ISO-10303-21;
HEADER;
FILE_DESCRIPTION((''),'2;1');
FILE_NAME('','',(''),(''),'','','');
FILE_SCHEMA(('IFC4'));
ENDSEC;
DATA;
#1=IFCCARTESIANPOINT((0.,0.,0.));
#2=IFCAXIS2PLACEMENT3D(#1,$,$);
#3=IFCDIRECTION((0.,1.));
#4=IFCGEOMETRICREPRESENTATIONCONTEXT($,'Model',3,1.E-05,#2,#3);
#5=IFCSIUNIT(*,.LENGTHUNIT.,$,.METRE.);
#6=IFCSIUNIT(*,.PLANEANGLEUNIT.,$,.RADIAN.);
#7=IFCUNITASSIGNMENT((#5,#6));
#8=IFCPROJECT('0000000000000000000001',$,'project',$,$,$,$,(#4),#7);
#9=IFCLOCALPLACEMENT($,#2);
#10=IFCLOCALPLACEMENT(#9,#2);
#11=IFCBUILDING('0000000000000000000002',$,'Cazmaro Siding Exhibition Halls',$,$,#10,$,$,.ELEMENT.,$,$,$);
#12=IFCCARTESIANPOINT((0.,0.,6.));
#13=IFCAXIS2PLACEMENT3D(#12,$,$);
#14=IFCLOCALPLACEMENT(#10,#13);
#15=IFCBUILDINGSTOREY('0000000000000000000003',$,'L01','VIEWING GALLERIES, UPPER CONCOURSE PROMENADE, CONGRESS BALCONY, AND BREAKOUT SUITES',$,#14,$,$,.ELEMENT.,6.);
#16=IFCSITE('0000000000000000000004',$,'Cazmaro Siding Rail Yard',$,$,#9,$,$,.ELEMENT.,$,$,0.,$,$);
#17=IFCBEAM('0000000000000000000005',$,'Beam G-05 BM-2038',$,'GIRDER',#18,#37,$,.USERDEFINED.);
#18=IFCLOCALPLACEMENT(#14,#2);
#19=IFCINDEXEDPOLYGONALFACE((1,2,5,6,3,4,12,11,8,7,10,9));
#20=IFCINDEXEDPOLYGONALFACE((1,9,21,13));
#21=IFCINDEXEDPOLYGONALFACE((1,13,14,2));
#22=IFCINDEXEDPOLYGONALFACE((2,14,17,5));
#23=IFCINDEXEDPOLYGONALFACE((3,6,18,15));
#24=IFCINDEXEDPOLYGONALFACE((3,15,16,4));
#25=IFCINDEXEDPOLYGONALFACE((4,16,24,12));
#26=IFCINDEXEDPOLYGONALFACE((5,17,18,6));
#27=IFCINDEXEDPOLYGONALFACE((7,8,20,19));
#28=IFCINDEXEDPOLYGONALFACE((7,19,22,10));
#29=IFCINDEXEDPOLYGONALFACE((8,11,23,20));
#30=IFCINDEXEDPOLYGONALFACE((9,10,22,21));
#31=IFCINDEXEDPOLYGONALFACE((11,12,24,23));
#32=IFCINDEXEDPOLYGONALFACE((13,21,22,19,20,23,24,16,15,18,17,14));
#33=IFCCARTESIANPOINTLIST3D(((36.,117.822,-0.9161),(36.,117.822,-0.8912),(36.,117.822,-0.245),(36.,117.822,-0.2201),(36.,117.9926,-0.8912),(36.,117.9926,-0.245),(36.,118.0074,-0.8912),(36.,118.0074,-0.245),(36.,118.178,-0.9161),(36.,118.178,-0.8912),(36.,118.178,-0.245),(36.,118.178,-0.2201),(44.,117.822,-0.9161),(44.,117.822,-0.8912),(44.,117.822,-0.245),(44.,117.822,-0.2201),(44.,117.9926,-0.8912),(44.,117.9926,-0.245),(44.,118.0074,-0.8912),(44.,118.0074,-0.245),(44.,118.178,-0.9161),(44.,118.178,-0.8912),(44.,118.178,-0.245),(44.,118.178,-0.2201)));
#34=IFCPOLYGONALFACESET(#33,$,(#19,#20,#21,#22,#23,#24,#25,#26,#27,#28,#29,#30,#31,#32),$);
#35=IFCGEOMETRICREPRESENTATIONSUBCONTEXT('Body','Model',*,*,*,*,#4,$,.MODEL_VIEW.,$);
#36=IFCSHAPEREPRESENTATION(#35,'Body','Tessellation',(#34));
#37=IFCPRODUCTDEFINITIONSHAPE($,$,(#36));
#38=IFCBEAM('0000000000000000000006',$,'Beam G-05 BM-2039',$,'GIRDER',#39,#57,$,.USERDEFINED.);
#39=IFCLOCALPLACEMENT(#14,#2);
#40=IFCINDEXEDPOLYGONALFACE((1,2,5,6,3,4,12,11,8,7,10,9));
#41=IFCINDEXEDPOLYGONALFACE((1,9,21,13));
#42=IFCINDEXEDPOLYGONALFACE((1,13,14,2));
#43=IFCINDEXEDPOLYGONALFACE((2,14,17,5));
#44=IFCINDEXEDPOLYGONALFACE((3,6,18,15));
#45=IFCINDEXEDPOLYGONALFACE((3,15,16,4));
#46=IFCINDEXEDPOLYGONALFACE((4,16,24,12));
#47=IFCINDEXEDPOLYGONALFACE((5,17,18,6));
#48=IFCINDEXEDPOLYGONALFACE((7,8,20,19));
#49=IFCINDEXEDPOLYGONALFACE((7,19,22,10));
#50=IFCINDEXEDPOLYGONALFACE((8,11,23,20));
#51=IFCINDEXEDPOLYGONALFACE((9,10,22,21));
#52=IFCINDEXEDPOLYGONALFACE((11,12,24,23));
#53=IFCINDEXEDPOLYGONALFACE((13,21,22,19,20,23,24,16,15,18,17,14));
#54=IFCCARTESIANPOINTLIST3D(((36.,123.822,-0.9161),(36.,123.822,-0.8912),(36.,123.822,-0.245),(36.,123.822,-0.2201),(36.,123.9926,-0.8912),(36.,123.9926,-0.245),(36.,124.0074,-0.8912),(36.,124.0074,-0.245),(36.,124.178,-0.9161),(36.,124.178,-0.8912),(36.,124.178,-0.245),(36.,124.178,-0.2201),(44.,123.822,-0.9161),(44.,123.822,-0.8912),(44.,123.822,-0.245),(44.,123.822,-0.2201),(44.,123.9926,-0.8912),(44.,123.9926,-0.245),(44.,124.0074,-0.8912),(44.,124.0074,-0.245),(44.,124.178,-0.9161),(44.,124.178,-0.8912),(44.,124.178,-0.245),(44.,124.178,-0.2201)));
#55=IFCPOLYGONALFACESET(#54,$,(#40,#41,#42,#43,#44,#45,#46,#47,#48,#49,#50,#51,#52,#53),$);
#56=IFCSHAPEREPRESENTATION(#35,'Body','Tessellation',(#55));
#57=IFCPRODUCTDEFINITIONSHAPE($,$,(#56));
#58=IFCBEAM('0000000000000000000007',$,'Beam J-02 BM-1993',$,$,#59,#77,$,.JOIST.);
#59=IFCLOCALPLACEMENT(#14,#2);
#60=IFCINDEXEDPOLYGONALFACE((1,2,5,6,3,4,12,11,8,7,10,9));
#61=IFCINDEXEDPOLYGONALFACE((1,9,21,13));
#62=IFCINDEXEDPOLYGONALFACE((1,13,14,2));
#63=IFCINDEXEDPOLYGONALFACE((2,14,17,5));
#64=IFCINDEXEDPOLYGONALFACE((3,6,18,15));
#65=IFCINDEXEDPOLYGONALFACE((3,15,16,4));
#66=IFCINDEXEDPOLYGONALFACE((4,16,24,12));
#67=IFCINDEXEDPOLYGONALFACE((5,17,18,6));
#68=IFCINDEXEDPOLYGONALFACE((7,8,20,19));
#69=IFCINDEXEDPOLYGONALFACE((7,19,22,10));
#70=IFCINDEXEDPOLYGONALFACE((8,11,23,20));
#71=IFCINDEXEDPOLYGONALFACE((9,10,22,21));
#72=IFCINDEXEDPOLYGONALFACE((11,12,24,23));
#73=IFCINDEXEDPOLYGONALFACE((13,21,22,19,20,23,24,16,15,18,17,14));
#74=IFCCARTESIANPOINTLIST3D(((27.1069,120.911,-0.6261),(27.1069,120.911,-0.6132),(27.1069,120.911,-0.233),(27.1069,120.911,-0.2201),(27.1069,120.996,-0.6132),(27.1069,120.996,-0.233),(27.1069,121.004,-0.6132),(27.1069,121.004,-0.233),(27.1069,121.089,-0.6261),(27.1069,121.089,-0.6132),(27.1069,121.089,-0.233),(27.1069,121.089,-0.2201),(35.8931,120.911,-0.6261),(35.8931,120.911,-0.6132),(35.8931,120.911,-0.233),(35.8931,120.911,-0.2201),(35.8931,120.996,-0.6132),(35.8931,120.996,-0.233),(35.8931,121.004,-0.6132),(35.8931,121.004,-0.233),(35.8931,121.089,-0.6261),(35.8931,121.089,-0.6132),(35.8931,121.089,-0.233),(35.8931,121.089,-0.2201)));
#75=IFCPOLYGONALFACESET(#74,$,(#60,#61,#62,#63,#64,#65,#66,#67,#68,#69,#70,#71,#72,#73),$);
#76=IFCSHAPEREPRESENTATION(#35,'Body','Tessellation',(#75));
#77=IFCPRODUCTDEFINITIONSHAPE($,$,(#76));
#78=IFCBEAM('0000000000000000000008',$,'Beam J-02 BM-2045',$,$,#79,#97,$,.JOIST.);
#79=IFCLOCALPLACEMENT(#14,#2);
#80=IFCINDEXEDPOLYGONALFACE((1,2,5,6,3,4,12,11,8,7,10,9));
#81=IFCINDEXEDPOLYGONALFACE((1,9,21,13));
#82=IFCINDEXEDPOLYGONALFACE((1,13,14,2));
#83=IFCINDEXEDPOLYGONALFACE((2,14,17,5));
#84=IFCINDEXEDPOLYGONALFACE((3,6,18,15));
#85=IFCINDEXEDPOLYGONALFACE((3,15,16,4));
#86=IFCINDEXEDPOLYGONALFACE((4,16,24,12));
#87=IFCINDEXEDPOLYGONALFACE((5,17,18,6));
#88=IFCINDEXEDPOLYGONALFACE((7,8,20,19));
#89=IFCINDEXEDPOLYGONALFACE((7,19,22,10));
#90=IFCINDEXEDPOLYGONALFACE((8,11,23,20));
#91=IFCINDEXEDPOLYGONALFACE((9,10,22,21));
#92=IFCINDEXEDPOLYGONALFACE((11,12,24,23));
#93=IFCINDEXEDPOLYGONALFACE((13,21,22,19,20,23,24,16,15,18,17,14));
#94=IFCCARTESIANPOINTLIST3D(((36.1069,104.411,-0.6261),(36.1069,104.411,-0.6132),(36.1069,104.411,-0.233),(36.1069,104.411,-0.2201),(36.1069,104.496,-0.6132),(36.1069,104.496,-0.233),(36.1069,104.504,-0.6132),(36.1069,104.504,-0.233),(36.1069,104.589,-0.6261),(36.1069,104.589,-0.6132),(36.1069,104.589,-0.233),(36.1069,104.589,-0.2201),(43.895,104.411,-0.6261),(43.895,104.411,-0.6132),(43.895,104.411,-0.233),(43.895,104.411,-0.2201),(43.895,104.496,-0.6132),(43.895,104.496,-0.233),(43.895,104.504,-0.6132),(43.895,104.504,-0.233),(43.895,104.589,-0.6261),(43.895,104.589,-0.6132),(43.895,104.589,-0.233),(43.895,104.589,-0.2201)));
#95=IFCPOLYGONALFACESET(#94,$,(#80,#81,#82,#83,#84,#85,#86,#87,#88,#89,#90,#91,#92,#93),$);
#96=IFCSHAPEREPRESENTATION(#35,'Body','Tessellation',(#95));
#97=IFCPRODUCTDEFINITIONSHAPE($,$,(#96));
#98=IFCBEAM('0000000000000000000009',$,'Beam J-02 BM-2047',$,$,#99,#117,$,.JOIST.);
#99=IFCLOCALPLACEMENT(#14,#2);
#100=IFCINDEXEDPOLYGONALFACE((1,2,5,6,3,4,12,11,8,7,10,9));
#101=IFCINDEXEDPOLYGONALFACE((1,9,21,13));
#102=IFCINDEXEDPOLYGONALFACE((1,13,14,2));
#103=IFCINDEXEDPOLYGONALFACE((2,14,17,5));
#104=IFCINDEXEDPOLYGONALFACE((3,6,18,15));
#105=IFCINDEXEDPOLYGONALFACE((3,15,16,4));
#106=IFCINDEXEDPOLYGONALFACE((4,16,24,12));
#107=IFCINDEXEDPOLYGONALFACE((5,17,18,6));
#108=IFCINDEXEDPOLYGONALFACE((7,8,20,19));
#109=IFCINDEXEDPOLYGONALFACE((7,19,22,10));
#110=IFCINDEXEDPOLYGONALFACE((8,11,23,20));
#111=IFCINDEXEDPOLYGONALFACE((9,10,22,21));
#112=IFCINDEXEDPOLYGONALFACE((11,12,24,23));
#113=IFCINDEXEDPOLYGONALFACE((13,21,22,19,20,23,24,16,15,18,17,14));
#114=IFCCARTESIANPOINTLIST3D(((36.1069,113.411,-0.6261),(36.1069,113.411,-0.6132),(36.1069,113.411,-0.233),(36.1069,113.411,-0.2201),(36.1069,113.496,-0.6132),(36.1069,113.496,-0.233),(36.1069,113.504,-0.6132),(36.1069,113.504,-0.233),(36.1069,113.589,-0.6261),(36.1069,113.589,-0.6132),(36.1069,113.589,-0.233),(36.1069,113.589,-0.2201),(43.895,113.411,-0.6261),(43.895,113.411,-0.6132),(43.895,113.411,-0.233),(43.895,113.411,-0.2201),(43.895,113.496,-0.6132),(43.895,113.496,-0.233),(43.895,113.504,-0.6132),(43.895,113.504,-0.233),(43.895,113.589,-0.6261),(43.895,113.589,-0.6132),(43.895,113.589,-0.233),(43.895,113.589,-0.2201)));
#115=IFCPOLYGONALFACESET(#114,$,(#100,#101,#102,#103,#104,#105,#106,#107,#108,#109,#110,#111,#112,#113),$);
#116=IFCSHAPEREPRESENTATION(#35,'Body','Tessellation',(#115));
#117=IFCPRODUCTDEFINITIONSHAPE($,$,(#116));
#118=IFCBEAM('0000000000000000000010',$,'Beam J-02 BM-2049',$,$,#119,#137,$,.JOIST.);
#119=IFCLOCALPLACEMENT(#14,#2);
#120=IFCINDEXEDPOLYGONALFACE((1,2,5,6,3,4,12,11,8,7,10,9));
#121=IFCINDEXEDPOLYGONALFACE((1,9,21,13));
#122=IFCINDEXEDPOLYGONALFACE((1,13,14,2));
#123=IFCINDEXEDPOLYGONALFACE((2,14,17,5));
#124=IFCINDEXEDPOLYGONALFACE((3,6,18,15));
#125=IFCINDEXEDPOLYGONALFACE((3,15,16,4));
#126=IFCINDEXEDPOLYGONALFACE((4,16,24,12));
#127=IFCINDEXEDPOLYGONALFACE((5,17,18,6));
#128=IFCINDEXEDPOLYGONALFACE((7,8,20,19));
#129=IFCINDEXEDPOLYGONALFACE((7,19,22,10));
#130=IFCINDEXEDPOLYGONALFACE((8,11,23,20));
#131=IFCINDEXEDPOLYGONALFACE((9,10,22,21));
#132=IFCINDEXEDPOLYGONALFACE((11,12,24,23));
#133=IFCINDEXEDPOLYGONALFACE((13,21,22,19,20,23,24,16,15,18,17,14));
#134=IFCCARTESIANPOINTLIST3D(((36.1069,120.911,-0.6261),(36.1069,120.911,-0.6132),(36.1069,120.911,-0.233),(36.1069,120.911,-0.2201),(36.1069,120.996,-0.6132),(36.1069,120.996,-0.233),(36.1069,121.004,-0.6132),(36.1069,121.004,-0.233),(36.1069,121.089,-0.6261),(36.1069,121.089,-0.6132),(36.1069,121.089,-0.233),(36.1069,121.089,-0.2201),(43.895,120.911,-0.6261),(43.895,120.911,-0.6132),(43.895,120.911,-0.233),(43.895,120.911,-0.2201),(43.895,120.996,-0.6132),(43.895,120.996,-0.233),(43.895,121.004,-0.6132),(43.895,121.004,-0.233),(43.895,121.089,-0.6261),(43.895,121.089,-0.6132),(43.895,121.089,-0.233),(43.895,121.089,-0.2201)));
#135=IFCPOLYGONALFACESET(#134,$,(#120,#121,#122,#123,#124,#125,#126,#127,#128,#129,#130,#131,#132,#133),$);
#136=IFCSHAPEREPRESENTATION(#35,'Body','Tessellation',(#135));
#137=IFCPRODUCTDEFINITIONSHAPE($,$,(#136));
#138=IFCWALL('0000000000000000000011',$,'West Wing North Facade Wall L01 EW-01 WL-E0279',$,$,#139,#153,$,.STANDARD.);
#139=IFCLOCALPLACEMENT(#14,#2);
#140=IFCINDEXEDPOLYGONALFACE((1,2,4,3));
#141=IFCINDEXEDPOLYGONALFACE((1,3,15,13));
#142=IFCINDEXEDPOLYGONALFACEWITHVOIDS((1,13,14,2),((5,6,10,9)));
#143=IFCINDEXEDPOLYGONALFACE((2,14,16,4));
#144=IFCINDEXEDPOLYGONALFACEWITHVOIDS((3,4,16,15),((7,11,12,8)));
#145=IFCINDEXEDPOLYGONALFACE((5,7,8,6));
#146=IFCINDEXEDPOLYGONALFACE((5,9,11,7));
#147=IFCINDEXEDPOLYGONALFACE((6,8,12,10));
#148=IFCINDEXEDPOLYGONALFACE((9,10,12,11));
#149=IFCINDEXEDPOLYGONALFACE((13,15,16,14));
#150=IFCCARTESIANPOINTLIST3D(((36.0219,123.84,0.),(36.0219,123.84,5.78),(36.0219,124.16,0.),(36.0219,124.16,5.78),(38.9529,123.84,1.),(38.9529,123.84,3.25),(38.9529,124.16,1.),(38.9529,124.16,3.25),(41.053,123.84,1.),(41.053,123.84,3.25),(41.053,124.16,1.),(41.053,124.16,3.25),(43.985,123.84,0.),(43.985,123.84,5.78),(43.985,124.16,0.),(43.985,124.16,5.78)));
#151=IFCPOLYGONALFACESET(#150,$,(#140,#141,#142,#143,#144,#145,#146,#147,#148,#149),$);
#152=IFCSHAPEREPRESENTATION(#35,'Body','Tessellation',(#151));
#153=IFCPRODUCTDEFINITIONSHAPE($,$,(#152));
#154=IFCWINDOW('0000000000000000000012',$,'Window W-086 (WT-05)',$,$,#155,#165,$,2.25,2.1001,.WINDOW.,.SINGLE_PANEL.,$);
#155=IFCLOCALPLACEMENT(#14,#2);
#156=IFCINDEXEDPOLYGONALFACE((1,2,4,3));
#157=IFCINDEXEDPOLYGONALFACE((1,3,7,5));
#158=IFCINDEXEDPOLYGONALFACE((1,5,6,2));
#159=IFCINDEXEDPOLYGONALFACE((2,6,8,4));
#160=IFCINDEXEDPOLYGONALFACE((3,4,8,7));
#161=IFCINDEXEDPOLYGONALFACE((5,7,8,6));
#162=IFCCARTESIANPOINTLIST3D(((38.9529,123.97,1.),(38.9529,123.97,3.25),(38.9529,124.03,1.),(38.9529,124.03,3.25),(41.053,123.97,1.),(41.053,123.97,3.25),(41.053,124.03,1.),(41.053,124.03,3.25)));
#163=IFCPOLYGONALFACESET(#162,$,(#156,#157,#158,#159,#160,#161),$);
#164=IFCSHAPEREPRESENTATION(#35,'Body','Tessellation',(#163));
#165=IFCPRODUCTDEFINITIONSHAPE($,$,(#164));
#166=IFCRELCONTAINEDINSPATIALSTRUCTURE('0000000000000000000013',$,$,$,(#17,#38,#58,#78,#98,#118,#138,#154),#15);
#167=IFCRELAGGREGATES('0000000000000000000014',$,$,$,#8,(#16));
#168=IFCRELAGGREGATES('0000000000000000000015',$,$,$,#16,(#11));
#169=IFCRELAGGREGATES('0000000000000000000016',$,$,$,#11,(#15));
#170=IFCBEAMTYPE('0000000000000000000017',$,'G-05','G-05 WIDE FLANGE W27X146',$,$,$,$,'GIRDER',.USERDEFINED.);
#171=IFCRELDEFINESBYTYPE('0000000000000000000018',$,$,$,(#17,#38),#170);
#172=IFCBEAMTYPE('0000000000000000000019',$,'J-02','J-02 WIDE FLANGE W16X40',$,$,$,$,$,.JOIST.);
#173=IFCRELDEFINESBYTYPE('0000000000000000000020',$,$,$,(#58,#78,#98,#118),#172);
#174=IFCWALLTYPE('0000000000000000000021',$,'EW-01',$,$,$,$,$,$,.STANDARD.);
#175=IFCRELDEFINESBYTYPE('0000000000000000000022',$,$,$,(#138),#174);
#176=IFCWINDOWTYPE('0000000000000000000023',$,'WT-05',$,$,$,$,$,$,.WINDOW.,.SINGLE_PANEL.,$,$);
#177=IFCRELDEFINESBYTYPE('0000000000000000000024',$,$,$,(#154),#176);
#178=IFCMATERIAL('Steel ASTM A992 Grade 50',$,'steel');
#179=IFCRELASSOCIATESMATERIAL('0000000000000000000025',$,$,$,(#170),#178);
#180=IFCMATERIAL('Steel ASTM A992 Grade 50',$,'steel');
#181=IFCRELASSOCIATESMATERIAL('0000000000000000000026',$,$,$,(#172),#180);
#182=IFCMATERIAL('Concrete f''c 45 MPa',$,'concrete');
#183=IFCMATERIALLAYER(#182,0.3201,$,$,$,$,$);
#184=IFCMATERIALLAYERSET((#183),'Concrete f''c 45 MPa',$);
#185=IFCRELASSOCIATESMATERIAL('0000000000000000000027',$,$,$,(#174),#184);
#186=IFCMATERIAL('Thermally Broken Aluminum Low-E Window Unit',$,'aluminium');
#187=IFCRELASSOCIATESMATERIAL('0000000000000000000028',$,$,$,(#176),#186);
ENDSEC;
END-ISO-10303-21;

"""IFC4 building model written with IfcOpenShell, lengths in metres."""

from ifc_helpers import new_model, si_unit, direction, frame, frame_2d, origin, origin_2d, place, context, subcontext, project, spatial, rectangle, i_section, extrude, material, layer, layer_set, material_profile, profile_set, type_object, element, fill, save


model = new_model("IFC4")

# Units and contexts
model_context = context("Model", 3, precision=1e-05, world=origin(), true_north=direction((0.0, 1.0)))
body_context = subcontext(model_context, "Body", "Model", "MODEL_VIEW")
ifc_project = project(units=[si_unit("LENGTHUNIT", "METRE"), si_unit("PLANEANGLEUNIT", "RADIAN")], contexts=[model_context])

# Site, building, storey
site_placement = place(None, origin())
site = spatial("IfcSite", under=ifc_project, at=site_placement, Name="Cazmaro Siding Rail Yard", CompositionType="ELEMENT", RefElevation=0.0)
building_placement = place(site_placement, origin())
building = spatial("IfcBuilding", under=site, at=building_placement, Name="Cazmaro Siding Exhibition Halls", CompositionType="ELEMENT")
storey_placement = place(building_placement, frame((0.0, 0.0, 6.0)))
storey = spatial("IfcBuildingStorey", under=building, at=storey_placement, Name="L01", Description="VIEWING GALLERIES, UPPER CONCOURSE PROMENADE, CONGRESS BALCONY, AND BREAKOUT SUITES", CompositionType="ELEMENT", Elevation=6.0)

# Beams
ifc_material_1 = material(Name="Steel ASTM A992 Grade 50", Category="steel")
ifc_material_profile_1 = material_profile(ifc_material_1, i_section(OverallWidth=0.356, OverallDepth=0.696, WebThickness=0.0149, FlangeThickness=0.0249, at=origin_2d()), Name="W27X146")
ifc_profile_set_1 = profile_set([ifc_material_profile_1], Name="Steel ASTM A992 Grade 50")
beam_type_1 = type_object("IfcBeamType", Name="G-05", Description="G-05 WIDE FLANGE W27X146", ElementType="GIRDER", PredefinedType="USERDEFINED", material=ifc_profile_set_1)
for number, where, z_axis, x_axis, name in (
    (1, (36.0, 118.0, -0.5681), (1.0, 0.0, 0.0), (0.0, 1.0, 0.0), "Beam G-05 BM-2038"),
    (2, (36.0, 124.0, -0.5681), (1.0, 0.0, 0.0), (0.0, 1.0, 0.0), "Beam G-05 BM-2039"),
):
    element("IfcBeam", number, at=place(storey_placement, frame(where, z_axis=z_axis, x_axis=x_axis)), inside=storey, type_object=beam_type_1, Name=name, ObjectType="GIRDER", PredefinedType="USERDEFINED", context=body_context, shape_type="SweptSolid", body=[
        extrude(i_section(OverallWidth=0.356, OverallDepth=0.696, WebThickness=0.0149, FlangeThickness=0.0249, at=origin_2d()), origin(), (0.0, 0.0, 1.0), 8.0),
    ])
ifc_material_2 = material(Name="Steel ASTM A992 Grade 50", Category="steel")
ifc_material_profile_2 = material_profile(ifc_material_2, i_section(OverallWidth=0.178, OverallDepth=0.406, WebThickness=0.0081, FlangeThickness=0.0129, at=origin_2d()), Name="W16X40")
ifc_profile_set_2 = profile_set([ifc_material_profile_2], Name="Steel ASTM A992 Grade 50")
beam_type_2 = type_object("IfcBeamType", Name="J-02", Description="J-02 WIDE FLANGE W16X40", PredefinedType="JOIST", material=ifc_profile_set_2)
beam_1_placement = place(storey_placement, frame((27.1069, 121.0, -0.4231), z_axis=(1.0, 0.0, 0.0), x_axis=(0.0, 1.0, 0.0)))
element("IfcBeam", 3, at=beam_1_placement, inside=storey, type_object=beam_type_2, Name="Beam J-02 BM-1993", PredefinedType="JOIST", context=body_context, shape_type="SweptSolid", body=[
    extrude(i_section(OverallWidth=0.178, OverallDepth=0.406, WebThickness=0.0081, FlangeThickness=0.0129, at=origin_2d()), origin(), (0.0, 0.0, 1.0), 8.7861),
])
for number, where, z_axis, x_axis, name in (
    (4, (36.1069, 104.5, -0.4231), (1.0, 0.0, 0.0), (0.0, 1.0, 0.0), "Beam J-02 BM-2045"),
    (5, (36.1069, 113.5, -0.4231), (1.0, 0.0, 0.0), (0.0, 1.0, 0.0), "Beam J-02 BM-2047"),
    (6, (36.1069, 121.0, -0.4231), (1.0, 0.0, 0.0), (0.0, 1.0, 0.0), "Beam J-02 BM-2049"),
):
    element("IfcBeam", number, at=place(storey_placement, frame(where, z_axis=z_axis, x_axis=x_axis)), inside=storey, type_object=beam_type_2, Name=name, PredefinedType="JOIST", context=body_context, shape_type="SweptSolid", body=[
        extrude(i_section(OverallWidth=0.178, OverallDepth=0.406, WebThickness=0.0081, FlangeThickness=0.0129, at=origin_2d()), origin(), (0.0, 0.0, 1.0), 7.7881),
    ])

# Wall, opening, window
ifc_material_3 = material(Name="Concrete f'c 45 MPa", Category="concrete")
ifc_layer_1 = layer(ifc_material_3, 0.3201)
ifc_layer_set_1 = layer_set([ifc_layer_1], Name="Concrete f'c 45 MPa")
wall_type_1 = type_object("IfcWallType", Name="EW-01", PredefinedType="STANDARD", material=ifc_layer_set_1)
wall_1_placement = place(storey_placement, frame((36.022, 124.0, 0.0), z_axis=(0.0, 0.0, 1.0), x_axis=(1.0, 0.0, 0.0)))
wall_1 = element("IfcWall", 7, at=wall_1_placement, inside=storey, type_object=wall_type_1, Name="West Wing North Facade Wall L01 EW-01 WL-E0279", PredefinedType="STANDARD", context=body_context, shape_type="SweptSolid", body=[
    extrude(rectangle(XDim=7.9631, YDim=0.3201, at=frame_2d((3.9814, 0.0))), origin(), (0.0, 0.0, 1.0), 5.78),
])
opening_1_placement = place(wall_1_placement, frame((2.9309, 0.0, 1.0)))
opening_1 = element("IfcOpeningElement", 8, at=opening_1_placement, cuts=wall_1, PredefinedType="OPENING", context=body_context, shape_type="SweptSolid", body=[
    extrude(rectangle(XDim=2.1001, YDim=2.25, at=frame_2d((1.05, 1.125))), frame((0.0, 0.1699, 0.0), z_axis=(0.0, -1.0, 0.0), x_axis=(1.0, 0.0, 0.0)), (0.0, 0.0, 1.0), 0.3401),
])
ifc_material_4 = material(Name="Thermally Broken Aluminum Low-E Window Unit", Category="aluminium")
window_type_1 = type_object("IfcWindowType", Name="WT-05", PartitioningType="SINGLE_PANEL", PredefinedType="WINDOW", material=ifc_material_4)
window_1_placement = place(opening_1_placement, origin())
window_1 = element("IfcWindow", 9, at=window_1_placement, inside=storey, type_object=window_type_1, Name="Window W-086 (WT-05)", OverallHeight=2.25, OverallWidth=2.1001, PartitioningType="SINGLE_PANEL", PredefinedType="WINDOW", context=body_context, shape_type="SweptSolid", body=[
    extrude(rectangle(XDim=2.1001, YDim=2.25, at=frame_2d((1.05, 1.125))), frame((0.0, 0.03, 0.0), z_axis=(0.0, -1.0, 0.0), x_axis=(1.0, 0.0, 0.0)), (0.0, 0.0, 1.0), 0.0601),
])
fill(opening_1, window_1)

save(model, "model.ifc")
